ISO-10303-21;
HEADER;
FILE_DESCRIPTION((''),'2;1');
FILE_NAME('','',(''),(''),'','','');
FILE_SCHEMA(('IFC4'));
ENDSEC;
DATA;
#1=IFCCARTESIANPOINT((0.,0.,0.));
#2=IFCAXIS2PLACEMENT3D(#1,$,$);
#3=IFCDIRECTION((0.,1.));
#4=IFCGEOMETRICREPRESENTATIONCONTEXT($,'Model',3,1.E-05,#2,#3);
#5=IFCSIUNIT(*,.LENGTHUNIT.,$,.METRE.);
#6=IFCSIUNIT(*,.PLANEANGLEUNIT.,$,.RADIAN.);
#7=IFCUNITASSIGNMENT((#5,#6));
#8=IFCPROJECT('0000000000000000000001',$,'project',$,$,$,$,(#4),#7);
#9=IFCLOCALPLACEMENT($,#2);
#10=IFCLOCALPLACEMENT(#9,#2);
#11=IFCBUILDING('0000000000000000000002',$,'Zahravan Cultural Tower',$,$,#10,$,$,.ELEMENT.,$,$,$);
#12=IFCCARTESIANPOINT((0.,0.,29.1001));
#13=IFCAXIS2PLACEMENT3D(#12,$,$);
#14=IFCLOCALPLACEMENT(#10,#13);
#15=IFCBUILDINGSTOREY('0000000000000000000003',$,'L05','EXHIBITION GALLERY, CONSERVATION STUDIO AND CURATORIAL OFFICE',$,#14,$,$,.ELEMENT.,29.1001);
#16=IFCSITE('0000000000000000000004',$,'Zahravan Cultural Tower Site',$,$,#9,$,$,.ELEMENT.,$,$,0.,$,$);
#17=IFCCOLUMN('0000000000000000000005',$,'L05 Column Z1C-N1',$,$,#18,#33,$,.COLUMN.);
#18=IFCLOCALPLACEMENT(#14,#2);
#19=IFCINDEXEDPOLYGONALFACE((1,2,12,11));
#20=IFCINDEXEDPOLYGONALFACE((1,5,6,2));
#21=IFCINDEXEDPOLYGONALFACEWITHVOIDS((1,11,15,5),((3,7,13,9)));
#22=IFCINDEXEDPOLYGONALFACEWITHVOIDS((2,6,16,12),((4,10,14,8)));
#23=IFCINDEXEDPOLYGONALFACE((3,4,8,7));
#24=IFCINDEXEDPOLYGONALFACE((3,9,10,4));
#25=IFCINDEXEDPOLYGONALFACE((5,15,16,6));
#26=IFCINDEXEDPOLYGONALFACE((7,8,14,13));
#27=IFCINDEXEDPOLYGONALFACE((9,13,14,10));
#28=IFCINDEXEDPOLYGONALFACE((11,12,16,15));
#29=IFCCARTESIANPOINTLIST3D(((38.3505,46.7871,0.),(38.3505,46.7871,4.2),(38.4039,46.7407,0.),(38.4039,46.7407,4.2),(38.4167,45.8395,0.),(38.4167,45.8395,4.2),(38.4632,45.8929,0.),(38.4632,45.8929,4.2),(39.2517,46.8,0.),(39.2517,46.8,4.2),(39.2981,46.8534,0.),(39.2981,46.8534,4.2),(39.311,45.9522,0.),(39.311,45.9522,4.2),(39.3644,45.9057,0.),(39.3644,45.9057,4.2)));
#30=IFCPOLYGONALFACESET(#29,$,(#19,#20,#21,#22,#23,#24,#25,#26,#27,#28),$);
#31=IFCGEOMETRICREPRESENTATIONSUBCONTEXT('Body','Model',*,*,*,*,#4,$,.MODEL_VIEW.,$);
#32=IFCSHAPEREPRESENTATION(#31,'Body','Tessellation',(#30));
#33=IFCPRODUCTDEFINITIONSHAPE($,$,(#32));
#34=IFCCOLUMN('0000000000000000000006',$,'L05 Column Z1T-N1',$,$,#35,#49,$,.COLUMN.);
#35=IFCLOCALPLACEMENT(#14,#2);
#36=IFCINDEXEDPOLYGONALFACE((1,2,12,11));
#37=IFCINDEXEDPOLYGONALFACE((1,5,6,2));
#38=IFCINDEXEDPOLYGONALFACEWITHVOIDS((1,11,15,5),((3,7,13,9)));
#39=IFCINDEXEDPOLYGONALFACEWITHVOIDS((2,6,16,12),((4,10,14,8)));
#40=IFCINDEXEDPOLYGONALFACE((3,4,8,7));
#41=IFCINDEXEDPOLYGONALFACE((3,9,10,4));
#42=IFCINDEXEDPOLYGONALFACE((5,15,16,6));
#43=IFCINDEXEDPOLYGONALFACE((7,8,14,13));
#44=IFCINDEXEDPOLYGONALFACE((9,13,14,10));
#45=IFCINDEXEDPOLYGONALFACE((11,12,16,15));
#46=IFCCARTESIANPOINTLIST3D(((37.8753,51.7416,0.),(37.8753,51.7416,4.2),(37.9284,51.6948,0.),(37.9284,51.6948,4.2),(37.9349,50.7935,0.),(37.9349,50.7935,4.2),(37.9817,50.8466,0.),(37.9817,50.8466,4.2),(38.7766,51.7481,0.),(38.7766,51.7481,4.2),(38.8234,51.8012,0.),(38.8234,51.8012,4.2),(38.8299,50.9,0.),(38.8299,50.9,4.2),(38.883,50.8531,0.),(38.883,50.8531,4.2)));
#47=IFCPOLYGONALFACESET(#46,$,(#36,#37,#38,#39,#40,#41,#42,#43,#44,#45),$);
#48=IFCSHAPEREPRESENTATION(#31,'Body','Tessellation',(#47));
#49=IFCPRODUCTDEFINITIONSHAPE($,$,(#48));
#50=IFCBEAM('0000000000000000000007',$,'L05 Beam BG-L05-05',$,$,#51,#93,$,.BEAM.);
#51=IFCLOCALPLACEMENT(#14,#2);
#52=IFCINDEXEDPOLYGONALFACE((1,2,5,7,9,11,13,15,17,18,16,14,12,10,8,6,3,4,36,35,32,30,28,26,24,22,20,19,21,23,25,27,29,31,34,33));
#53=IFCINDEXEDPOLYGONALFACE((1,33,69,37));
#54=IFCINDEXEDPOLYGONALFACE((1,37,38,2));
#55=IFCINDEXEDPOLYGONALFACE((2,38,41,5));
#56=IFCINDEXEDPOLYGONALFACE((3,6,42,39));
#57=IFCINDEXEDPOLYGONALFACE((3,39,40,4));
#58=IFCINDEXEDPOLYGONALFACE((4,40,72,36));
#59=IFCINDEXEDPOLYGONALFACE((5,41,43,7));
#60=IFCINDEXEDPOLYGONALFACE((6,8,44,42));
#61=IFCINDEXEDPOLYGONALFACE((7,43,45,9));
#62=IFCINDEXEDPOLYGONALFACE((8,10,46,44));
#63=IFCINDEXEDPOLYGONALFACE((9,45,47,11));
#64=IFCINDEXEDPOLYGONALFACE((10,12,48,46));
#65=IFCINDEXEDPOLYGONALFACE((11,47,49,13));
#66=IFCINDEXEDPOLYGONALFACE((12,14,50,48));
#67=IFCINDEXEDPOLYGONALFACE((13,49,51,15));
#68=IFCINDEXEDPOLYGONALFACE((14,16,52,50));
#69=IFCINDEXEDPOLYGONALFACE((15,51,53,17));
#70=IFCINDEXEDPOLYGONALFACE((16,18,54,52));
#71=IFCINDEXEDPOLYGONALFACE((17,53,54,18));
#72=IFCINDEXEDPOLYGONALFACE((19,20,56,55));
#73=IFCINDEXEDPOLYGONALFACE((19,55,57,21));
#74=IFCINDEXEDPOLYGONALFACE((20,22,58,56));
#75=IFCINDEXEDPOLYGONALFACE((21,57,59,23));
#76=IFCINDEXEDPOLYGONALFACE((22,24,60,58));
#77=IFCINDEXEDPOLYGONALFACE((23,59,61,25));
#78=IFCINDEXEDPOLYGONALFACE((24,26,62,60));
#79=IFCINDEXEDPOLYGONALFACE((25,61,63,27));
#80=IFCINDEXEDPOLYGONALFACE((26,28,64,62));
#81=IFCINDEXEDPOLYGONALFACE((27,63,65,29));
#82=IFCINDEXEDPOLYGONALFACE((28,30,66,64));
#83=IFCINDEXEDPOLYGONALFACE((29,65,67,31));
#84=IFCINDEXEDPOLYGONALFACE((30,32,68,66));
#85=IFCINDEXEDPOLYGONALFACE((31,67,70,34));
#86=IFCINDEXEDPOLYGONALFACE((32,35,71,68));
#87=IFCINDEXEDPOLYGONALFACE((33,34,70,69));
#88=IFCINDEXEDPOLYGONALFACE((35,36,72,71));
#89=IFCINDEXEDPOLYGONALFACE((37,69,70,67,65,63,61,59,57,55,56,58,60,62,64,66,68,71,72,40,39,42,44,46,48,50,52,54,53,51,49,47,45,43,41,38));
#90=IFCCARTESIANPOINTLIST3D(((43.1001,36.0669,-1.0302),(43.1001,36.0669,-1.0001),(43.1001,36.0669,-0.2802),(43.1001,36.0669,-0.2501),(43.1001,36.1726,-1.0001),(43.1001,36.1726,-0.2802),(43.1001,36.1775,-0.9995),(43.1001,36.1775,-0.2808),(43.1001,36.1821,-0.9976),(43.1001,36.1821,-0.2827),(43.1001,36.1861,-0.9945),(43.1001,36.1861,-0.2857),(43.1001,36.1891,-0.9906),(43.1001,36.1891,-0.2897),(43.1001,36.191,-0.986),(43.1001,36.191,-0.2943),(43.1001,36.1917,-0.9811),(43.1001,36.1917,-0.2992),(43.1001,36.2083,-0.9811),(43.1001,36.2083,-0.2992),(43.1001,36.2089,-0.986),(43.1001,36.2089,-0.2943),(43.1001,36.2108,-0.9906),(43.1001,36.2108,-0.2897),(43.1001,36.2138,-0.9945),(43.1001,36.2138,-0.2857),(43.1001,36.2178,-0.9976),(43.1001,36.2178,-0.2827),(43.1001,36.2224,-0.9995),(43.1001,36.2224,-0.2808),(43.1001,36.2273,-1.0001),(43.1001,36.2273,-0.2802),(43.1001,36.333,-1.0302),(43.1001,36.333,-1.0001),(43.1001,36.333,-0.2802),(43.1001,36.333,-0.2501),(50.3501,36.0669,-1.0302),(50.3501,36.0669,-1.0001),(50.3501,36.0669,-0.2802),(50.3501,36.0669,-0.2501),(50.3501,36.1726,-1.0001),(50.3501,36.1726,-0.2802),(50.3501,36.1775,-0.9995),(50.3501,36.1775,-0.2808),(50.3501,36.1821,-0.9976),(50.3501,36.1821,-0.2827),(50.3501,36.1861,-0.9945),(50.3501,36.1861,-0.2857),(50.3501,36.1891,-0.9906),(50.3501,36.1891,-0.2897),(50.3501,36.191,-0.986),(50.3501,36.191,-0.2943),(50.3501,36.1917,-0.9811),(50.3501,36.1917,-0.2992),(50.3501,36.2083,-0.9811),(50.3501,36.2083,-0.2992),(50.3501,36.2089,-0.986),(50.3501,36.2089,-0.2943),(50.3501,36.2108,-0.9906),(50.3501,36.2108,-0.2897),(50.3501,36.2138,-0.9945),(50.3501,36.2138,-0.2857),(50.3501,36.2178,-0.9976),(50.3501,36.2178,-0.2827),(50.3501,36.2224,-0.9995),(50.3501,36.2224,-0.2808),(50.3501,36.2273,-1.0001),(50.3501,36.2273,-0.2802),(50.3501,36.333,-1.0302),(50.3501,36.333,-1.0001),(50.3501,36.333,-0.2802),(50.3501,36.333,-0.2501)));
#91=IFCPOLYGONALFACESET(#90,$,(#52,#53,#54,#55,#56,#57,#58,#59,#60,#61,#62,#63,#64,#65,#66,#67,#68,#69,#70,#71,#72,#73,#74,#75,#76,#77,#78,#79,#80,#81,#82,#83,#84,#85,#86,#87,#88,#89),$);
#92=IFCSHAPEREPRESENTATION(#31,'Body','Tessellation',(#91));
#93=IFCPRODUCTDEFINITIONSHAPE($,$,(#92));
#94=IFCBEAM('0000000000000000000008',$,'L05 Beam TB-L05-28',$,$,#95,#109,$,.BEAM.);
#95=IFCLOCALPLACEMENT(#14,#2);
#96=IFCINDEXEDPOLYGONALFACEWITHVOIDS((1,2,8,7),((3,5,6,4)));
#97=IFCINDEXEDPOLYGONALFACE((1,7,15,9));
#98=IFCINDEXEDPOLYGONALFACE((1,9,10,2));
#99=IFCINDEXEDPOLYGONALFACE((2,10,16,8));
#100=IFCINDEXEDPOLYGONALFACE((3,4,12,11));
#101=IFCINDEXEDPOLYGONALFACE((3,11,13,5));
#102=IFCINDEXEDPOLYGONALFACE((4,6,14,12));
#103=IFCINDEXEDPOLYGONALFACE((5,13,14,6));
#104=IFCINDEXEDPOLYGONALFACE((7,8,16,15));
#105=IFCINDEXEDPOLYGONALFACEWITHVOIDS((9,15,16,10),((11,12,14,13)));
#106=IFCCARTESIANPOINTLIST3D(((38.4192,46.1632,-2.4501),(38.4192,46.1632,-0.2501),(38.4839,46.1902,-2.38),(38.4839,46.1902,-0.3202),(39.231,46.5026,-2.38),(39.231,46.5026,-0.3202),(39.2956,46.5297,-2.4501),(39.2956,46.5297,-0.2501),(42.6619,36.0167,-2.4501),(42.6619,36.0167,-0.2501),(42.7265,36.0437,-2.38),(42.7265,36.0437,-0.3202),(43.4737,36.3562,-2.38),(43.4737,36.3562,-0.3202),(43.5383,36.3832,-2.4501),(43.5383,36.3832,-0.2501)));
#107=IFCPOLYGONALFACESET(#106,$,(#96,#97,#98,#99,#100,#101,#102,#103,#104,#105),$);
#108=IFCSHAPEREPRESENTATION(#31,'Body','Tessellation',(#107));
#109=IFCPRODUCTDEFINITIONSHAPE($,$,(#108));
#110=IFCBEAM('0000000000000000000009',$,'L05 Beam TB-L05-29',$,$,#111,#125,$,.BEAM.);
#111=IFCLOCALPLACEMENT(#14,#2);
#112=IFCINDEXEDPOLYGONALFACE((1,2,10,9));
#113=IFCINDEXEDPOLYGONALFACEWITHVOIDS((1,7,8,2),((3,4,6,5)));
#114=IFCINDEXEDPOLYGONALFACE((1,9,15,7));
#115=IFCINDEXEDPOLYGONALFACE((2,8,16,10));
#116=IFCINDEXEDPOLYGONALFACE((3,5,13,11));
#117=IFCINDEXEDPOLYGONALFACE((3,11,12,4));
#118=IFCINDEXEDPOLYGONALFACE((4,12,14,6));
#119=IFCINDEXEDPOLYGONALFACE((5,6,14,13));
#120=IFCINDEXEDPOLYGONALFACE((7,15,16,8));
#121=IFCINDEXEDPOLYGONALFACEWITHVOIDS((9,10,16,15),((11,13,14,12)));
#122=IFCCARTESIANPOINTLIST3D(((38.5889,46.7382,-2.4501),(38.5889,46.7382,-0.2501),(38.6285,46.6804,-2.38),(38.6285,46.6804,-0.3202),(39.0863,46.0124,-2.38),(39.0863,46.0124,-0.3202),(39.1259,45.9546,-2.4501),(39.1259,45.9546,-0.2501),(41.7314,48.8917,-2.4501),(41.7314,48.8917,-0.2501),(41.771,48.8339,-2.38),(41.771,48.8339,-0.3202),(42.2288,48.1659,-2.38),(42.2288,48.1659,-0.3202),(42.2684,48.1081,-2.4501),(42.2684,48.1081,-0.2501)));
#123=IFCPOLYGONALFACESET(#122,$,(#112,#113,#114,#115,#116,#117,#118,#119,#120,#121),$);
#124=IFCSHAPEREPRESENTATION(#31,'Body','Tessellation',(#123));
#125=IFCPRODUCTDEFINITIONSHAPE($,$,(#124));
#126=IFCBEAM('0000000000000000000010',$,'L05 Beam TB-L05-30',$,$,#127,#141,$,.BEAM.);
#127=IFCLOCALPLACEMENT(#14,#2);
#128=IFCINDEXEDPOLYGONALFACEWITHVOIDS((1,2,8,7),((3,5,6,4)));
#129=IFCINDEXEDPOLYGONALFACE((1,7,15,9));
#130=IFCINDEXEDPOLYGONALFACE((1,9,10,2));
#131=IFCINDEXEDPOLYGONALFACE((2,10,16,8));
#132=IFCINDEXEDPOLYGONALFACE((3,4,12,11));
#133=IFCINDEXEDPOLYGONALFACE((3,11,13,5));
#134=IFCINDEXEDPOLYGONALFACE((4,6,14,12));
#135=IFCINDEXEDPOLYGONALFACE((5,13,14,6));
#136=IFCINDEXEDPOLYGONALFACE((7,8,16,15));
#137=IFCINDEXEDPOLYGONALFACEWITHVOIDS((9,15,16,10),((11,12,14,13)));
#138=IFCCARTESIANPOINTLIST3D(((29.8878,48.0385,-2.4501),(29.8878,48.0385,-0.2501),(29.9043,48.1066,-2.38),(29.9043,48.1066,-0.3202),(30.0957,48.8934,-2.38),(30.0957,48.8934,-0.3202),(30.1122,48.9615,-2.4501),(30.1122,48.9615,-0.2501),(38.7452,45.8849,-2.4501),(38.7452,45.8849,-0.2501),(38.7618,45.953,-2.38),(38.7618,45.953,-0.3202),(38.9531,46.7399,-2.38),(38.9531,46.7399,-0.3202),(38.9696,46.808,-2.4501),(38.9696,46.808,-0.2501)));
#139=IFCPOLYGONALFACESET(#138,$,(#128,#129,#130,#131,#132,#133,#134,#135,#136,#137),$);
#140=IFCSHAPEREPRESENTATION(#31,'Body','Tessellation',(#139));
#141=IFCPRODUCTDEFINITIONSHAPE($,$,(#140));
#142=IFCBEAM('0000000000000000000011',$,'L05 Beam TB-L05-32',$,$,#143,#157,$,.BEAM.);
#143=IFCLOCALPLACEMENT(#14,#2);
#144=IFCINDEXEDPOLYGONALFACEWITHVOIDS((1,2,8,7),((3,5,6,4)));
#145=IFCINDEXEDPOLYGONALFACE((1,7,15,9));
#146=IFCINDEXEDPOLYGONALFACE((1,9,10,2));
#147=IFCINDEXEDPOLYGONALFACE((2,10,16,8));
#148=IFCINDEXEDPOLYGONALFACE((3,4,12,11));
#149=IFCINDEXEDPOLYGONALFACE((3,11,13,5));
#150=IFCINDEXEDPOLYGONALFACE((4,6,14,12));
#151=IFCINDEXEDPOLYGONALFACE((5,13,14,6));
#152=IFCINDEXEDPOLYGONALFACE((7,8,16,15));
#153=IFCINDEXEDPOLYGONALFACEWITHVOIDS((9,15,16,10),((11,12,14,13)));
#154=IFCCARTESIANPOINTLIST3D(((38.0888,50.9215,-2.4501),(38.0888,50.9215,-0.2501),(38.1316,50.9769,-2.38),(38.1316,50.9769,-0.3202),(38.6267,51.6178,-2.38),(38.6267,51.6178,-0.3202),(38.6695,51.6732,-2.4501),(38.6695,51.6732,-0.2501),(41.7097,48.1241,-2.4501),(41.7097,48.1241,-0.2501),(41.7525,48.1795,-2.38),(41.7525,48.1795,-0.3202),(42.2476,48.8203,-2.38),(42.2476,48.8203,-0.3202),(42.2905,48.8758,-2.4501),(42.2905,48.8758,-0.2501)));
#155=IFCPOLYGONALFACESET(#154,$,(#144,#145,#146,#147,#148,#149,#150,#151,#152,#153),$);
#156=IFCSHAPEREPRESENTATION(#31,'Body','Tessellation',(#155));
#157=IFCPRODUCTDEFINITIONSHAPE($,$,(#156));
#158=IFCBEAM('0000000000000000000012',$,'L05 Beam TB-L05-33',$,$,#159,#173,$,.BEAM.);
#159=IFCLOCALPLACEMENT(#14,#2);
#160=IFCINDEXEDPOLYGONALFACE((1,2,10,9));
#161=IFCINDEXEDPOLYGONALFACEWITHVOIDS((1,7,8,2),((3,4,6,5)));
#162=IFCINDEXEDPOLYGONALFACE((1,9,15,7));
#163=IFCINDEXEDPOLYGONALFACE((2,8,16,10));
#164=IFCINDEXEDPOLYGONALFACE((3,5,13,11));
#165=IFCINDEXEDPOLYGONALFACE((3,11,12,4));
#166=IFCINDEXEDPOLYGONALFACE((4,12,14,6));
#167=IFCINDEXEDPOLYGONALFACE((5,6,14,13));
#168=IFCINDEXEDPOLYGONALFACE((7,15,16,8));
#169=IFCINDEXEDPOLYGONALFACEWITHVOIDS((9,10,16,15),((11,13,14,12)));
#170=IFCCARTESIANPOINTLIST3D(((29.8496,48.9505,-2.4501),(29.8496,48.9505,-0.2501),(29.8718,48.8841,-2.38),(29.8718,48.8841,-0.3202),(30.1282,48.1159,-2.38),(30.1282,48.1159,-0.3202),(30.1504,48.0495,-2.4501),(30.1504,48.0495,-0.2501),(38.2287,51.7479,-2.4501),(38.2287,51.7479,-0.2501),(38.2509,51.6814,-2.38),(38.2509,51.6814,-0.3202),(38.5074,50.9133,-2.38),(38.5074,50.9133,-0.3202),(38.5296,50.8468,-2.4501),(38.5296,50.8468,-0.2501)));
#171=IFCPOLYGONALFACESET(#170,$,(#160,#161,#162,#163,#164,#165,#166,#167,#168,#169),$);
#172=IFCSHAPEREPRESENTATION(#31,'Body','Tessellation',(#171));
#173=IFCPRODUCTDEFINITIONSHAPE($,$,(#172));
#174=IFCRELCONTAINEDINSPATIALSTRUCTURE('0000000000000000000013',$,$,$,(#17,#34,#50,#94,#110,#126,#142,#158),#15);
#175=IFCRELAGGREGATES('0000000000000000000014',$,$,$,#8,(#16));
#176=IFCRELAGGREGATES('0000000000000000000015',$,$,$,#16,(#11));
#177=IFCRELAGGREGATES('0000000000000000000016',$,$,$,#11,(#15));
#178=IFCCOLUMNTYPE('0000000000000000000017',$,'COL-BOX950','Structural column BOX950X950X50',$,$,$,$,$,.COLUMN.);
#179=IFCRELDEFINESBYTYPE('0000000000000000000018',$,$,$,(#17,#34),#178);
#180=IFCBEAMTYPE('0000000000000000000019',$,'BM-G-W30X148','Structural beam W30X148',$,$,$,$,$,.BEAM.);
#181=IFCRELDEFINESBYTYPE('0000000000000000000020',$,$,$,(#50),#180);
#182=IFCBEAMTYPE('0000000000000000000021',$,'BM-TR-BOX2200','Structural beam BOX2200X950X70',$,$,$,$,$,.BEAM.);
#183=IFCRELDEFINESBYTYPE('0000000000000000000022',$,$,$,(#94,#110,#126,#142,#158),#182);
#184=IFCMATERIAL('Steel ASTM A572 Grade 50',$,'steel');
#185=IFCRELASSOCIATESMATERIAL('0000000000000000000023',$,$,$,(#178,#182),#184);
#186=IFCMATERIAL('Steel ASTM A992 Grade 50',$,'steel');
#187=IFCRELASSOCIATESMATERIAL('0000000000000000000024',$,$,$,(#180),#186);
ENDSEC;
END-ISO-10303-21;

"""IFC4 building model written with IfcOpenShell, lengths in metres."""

from ifc_helpers import new_model, si_unit, direction, frame, origin, origin_2d, place, context, subcontext, project, spatial, hollow_rectangle, i_section, extrude, source, transform, mapped, material, material_profile, profile_set, type_object, element, save


model = new_model("IFC4")

# Units and contexts
model_context = context("Model", 3, precision=1e-05, world=origin(), true_north=direction((0.0, 1.0)))
body_context = subcontext(model_context, "Body", "Model", "MODEL_VIEW")
ifc_project = project(units=[si_unit("LENGTHUNIT", "METRE"), si_unit("PLANEANGLEUNIT", "RADIAN")], contexts=[model_context])

# Site, building, storey
site_placement = place(None, origin())
site = spatial("IfcSite", under=ifc_project, at=site_placement, Name="Zahravan Cultural Tower Site", CompositionType="ELEMENT", RefElevation=0.0)
building_placement = place(site_placement, origin())
building = spatial("IfcBuilding", under=site, at=building_placement, Name="Zahravan Cultural Tower", CompositionType="ELEMENT")
storey_placement = place(building_placement, frame((0.0, 0.0, 29.1001)))
storey = spatial("IfcBuildingStorey", under=building, at=storey_placement, Name="L05", Description="EXHIBITION GALLERY, CONSERVATION STUDIO AND CURATORIAL OFFICE", CompositionType="ELEMENT", Elevation=29.1001)

# Columns
ifc_material_1 = material(Name="Steel ASTM A572 Grade 50", Category="steel")
ifc_material_profile_1 = material_profile(ifc_material_1, hollow_rectangle(XDim=0.95, YDim=0.95, WallThickness=0.05, at=origin_2d()), Name="BOX950X950X50")
ifc_profile_set_1 = profile_set([ifc_material_profile_1], Name="Steel ASTM A572 Grade 50")
column_type = type_object("IfcColumnType", Name="COL-BOX950", Description="Structural column BOX950X950X50", PredefinedType="COLUMN", material=ifc_profile_set_1)
shared_shape_1 = source(origin(), body_context, "Body", "SweptSolid", [
    extrude(hollow_rectangle(XDim=0.95, YDim=0.95, WallThickness=0.05, at=origin_2d()), origin(), (0.0, 0.0, 1.0), 4.2),
])
for number, where, z_axis, x_axis, name in (
    (1, (38.8574, 46.3464, 0.0), (0.0, 0.0, 1.0), (-0.069756, 0.997564, 0.0), "L05 Column Z1C-N1"),
    (2, (38.3792, 51.2974, 0.0), (0.0, 0.0, 1.0), (-0.062791, 0.998027, 0.0), "L05 Column Z1T-N1"),
):
    element("IfcColumn", number, at=place(storey_placement, frame(where, z_axis=z_axis, x_axis=x_axis)), inside=storey, type_object=column_type, Name=name, PredefinedType="COLUMN", context=body_context, shape_type="MappedRepresentation", body=[
        mapped(shared_shape_1, transform((0.0, 0.0, 0.0), x_axis=(1.0, 0.0, 0.0), y_axis=(0.0, 1.0, 0.0), z_axis=(0.0, 0.0, 1.0), scale=1.0)),
    ])

# Beams
ifc_material_2 = material(Name="Steel ASTM A992 Grade 50", Category="steel")
ifc_material_profile_2 = material_profile(ifc_material_2, i_section(OverallWidth=0.2661, OverallDepth=0.78, WebThickness=0.0166, FlangeThickness=0.03, FilletRadius=0.019, at=origin_2d()), Name="W30X148")
ifc_profile_set_2 = profile_set([ifc_material_profile_2], Name="Steel ASTM A992 Grade 50")
beam_type_1 = type_object("IfcBeamType", Name="BM-G-W30X148", Description="Structural beam W30X148", PredefinedType="BEAM", material=ifc_profile_set_2)
shared_shape_2 = source(origin(), body_context, "Body", "SweptSolid", [
    extrude(i_section(OverallWidth=0.2661, OverallDepth=0.78, WebThickness=0.0166, FlangeThickness=0.03, FilletRadius=0.019, at=origin_2d()), origin(), (0.0, 0.0, 1.0), 7.25),
])
beam_1_placement = place(storey_placement, frame((43.1001, 36.2, -0.6401), z_axis=(1.0, 0.0, 0.0), x_axis=(0.0, 1.0, 0.0)))
element("IfcBeam", 3, at=beam_1_placement, inside=storey, type_object=beam_type_1, Name="L05 Beam BG-L05-05", PredefinedType="BEAM", context=body_context, shape_type="MappedRepresentation", body=[
    mapped(shared_shape_2, transform((0.0, 0.0, 0.0), x_axis=(1.0, 0.0, 0.0), y_axis=(0.0, 1.0, 0.0), z_axis=(0.0, 0.0, 1.0), scale=1.0)),
])
ifc_material_profile_3 = material_profile(ifc_material_1, hollow_rectangle(XDim=0.95, YDim=2.2, WallThickness=0.0701, at=origin_2d()), Name="BOX2200X950X70")
ifc_profile_set_3 = profile_set([ifc_material_profile_3], Name="Steel ASTM A572 Grade 50")
beam_type_2 = type_object("IfcBeamType", Name="BM-TR-BOX2200", Description="Structural beam BOX2200X950X70", PredefinedType="BEAM", material=ifc_profile_set_3)
shared_shape_3 = source(origin(), body_context, "Body", "SweptSolid", [
    extrude(hollow_rectangle(XDim=0.95, YDim=2.2, WallThickness=0.0701, at=origin_2d()), origin(), (0.0, 0.0, 1.0), 10.9978),
])
beam_2_placement = place(storey_placement, frame((43.1001, 36.2, -1.3501), z_axis=(-0.385775, 0.922593, 0.0), x_axis=(-0.922593, -0.385775, 0.0)))
element("IfcBeam", 4, at=beam_2_placement, inside=storey, type_object=beam_type_2, Name="L05 Beam TB-L05-28", PredefinedType="BEAM", context=body_context, shape_type="MappedRepresentation", body=[
    mapped(shared_shape_3, transform((0.0, 0.0, 0.0), x_axis=(1.0, 0.0, 0.0), y_axis=(0.0, 1.0, 0.0), z_axis=(0.0, 0.0, 1.0), scale=1.0)),
])
shared_shape_4 = source(origin(), body_context, "Body", "SweptSolid", [
    extrude(hollow_rectangle(XDim=0.95, YDim=2.2, WallThickness=0.0701, at=origin_2d()), origin(), (0.0, 0.0, 1.0), 3.8096),
])
beam_3_placement = place(storey_placement, frame((38.8574, 46.3464, -1.3501), z_axis=(0.824894, 0.565288, 0.0), x_axis=(-0.565288, 0.824894, 0.0)))
element("IfcBeam", 5, at=beam_3_placement, inside=storey, type_object=beam_type_2, Name="L05 Beam TB-L05-29", PredefinedType="BEAM", context=body_context, shape_type="MappedRepresentation", body=[
    mapped(shared_shape_4, transform((0.0, 0.0, 0.0), x_axis=(1.0, 0.0, 0.0), y_axis=(0.0, 1.0, 0.0), z_axis=(0.0, 0.0, 1.0), scale=1.0)),
])
shared_shape_5 = source(origin(), body_context, "Body", "SweptSolid", [
    extrude(hollow_rectangle(XDim=0.95, YDim=2.2, WallThickness=0.0701, at=origin_2d()), origin(), (0.0, 0.0, 1.0), 9.1155),
])
beam_4_placement = place(storey_placement, frame((38.8574, 46.3464, -1.3501), z_axis=(-0.971691, 0.236254, 0.0), x_axis=(-0.236254, -0.971691, 0.0)))
element("IfcBeam", 6, at=beam_4_placement, inside=storey, type_object=beam_type_2, Name="L05 Beam TB-L05-30", PredefinedType="BEAM", context=body_context, shape_type="MappedRepresentation", body=[
    mapped(shared_shape_5, transform((0.0, 0.0, 0.0), x_axis=(1.0, 0.0, 0.0), y_axis=(0.0, 1.0, 0.0), z_axis=(0.0, 0.0, 1.0), scale=1.0)),
])
shared_shape_6 = source(origin(), body_context, "Body", "SweptSolid", [
    extrude(hollow_rectangle(XDim=0.95, YDim=2.2, WallThickness=0.0701, at=origin_2d()), origin(), (0.0, 0.0, 1.0), 4.5757),
])
beam_5_placement = place(storey_placement, frame((38.3792, 51.2974, -1.3501), z_axis=(0.791345, -0.61137, 0.0), x_axis=(0.61137, 0.791345, 0.0)))
element("IfcBeam", 7, at=beam_5_placement, inside=storey, type_object=beam_type_2, Name="L05 Beam TB-L05-32", PredefinedType="BEAM", context=body_context, shape_type="MappedRepresentation", body=[
    mapped(shared_shape_6, transform((0.0, 0.0, 0.0), x_axis=(1.0, 0.0, 0.0), y_axis=(0.0, 1.0, 0.0), z_axis=(0.0, 0.0, 1.0), scale=1.0)),
])
shared_shape_7 = source(origin(), body_context, "Body", "SweptSolid", [
    extrude(hollow_rectangle(XDim=0.95, YDim=2.2, WallThickness=0.0701, at=origin_2d()), origin(), (0.0, 0.0, 1.0), 8.8337),
])
beam_6_placement = place(storey_placement, frame((38.3792, 51.2974, -1.3501), z_axis=(-0.948537, -0.316667, 0.0), x_axis=(0.316667, -0.948537, 0.0)))
element("IfcBeam", 8, at=beam_6_placement, inside=storey, type_object=beam_type_2, Name="L05 Beam TB-L05-33", PredefinedType="BEAM", context=body_context, shape_type="MappedRepresentation", body=[
    mapped(shared_shape_7, transform((0.0, 0.0, 0.0), x_axis=(1.0, 0.0, 0.0), y_axis=(0.0, 1.0, 0.0), z_axis=(0.0, 0.0, 1.0), scale=1.0)),
])

save(model, "model.ifc")
